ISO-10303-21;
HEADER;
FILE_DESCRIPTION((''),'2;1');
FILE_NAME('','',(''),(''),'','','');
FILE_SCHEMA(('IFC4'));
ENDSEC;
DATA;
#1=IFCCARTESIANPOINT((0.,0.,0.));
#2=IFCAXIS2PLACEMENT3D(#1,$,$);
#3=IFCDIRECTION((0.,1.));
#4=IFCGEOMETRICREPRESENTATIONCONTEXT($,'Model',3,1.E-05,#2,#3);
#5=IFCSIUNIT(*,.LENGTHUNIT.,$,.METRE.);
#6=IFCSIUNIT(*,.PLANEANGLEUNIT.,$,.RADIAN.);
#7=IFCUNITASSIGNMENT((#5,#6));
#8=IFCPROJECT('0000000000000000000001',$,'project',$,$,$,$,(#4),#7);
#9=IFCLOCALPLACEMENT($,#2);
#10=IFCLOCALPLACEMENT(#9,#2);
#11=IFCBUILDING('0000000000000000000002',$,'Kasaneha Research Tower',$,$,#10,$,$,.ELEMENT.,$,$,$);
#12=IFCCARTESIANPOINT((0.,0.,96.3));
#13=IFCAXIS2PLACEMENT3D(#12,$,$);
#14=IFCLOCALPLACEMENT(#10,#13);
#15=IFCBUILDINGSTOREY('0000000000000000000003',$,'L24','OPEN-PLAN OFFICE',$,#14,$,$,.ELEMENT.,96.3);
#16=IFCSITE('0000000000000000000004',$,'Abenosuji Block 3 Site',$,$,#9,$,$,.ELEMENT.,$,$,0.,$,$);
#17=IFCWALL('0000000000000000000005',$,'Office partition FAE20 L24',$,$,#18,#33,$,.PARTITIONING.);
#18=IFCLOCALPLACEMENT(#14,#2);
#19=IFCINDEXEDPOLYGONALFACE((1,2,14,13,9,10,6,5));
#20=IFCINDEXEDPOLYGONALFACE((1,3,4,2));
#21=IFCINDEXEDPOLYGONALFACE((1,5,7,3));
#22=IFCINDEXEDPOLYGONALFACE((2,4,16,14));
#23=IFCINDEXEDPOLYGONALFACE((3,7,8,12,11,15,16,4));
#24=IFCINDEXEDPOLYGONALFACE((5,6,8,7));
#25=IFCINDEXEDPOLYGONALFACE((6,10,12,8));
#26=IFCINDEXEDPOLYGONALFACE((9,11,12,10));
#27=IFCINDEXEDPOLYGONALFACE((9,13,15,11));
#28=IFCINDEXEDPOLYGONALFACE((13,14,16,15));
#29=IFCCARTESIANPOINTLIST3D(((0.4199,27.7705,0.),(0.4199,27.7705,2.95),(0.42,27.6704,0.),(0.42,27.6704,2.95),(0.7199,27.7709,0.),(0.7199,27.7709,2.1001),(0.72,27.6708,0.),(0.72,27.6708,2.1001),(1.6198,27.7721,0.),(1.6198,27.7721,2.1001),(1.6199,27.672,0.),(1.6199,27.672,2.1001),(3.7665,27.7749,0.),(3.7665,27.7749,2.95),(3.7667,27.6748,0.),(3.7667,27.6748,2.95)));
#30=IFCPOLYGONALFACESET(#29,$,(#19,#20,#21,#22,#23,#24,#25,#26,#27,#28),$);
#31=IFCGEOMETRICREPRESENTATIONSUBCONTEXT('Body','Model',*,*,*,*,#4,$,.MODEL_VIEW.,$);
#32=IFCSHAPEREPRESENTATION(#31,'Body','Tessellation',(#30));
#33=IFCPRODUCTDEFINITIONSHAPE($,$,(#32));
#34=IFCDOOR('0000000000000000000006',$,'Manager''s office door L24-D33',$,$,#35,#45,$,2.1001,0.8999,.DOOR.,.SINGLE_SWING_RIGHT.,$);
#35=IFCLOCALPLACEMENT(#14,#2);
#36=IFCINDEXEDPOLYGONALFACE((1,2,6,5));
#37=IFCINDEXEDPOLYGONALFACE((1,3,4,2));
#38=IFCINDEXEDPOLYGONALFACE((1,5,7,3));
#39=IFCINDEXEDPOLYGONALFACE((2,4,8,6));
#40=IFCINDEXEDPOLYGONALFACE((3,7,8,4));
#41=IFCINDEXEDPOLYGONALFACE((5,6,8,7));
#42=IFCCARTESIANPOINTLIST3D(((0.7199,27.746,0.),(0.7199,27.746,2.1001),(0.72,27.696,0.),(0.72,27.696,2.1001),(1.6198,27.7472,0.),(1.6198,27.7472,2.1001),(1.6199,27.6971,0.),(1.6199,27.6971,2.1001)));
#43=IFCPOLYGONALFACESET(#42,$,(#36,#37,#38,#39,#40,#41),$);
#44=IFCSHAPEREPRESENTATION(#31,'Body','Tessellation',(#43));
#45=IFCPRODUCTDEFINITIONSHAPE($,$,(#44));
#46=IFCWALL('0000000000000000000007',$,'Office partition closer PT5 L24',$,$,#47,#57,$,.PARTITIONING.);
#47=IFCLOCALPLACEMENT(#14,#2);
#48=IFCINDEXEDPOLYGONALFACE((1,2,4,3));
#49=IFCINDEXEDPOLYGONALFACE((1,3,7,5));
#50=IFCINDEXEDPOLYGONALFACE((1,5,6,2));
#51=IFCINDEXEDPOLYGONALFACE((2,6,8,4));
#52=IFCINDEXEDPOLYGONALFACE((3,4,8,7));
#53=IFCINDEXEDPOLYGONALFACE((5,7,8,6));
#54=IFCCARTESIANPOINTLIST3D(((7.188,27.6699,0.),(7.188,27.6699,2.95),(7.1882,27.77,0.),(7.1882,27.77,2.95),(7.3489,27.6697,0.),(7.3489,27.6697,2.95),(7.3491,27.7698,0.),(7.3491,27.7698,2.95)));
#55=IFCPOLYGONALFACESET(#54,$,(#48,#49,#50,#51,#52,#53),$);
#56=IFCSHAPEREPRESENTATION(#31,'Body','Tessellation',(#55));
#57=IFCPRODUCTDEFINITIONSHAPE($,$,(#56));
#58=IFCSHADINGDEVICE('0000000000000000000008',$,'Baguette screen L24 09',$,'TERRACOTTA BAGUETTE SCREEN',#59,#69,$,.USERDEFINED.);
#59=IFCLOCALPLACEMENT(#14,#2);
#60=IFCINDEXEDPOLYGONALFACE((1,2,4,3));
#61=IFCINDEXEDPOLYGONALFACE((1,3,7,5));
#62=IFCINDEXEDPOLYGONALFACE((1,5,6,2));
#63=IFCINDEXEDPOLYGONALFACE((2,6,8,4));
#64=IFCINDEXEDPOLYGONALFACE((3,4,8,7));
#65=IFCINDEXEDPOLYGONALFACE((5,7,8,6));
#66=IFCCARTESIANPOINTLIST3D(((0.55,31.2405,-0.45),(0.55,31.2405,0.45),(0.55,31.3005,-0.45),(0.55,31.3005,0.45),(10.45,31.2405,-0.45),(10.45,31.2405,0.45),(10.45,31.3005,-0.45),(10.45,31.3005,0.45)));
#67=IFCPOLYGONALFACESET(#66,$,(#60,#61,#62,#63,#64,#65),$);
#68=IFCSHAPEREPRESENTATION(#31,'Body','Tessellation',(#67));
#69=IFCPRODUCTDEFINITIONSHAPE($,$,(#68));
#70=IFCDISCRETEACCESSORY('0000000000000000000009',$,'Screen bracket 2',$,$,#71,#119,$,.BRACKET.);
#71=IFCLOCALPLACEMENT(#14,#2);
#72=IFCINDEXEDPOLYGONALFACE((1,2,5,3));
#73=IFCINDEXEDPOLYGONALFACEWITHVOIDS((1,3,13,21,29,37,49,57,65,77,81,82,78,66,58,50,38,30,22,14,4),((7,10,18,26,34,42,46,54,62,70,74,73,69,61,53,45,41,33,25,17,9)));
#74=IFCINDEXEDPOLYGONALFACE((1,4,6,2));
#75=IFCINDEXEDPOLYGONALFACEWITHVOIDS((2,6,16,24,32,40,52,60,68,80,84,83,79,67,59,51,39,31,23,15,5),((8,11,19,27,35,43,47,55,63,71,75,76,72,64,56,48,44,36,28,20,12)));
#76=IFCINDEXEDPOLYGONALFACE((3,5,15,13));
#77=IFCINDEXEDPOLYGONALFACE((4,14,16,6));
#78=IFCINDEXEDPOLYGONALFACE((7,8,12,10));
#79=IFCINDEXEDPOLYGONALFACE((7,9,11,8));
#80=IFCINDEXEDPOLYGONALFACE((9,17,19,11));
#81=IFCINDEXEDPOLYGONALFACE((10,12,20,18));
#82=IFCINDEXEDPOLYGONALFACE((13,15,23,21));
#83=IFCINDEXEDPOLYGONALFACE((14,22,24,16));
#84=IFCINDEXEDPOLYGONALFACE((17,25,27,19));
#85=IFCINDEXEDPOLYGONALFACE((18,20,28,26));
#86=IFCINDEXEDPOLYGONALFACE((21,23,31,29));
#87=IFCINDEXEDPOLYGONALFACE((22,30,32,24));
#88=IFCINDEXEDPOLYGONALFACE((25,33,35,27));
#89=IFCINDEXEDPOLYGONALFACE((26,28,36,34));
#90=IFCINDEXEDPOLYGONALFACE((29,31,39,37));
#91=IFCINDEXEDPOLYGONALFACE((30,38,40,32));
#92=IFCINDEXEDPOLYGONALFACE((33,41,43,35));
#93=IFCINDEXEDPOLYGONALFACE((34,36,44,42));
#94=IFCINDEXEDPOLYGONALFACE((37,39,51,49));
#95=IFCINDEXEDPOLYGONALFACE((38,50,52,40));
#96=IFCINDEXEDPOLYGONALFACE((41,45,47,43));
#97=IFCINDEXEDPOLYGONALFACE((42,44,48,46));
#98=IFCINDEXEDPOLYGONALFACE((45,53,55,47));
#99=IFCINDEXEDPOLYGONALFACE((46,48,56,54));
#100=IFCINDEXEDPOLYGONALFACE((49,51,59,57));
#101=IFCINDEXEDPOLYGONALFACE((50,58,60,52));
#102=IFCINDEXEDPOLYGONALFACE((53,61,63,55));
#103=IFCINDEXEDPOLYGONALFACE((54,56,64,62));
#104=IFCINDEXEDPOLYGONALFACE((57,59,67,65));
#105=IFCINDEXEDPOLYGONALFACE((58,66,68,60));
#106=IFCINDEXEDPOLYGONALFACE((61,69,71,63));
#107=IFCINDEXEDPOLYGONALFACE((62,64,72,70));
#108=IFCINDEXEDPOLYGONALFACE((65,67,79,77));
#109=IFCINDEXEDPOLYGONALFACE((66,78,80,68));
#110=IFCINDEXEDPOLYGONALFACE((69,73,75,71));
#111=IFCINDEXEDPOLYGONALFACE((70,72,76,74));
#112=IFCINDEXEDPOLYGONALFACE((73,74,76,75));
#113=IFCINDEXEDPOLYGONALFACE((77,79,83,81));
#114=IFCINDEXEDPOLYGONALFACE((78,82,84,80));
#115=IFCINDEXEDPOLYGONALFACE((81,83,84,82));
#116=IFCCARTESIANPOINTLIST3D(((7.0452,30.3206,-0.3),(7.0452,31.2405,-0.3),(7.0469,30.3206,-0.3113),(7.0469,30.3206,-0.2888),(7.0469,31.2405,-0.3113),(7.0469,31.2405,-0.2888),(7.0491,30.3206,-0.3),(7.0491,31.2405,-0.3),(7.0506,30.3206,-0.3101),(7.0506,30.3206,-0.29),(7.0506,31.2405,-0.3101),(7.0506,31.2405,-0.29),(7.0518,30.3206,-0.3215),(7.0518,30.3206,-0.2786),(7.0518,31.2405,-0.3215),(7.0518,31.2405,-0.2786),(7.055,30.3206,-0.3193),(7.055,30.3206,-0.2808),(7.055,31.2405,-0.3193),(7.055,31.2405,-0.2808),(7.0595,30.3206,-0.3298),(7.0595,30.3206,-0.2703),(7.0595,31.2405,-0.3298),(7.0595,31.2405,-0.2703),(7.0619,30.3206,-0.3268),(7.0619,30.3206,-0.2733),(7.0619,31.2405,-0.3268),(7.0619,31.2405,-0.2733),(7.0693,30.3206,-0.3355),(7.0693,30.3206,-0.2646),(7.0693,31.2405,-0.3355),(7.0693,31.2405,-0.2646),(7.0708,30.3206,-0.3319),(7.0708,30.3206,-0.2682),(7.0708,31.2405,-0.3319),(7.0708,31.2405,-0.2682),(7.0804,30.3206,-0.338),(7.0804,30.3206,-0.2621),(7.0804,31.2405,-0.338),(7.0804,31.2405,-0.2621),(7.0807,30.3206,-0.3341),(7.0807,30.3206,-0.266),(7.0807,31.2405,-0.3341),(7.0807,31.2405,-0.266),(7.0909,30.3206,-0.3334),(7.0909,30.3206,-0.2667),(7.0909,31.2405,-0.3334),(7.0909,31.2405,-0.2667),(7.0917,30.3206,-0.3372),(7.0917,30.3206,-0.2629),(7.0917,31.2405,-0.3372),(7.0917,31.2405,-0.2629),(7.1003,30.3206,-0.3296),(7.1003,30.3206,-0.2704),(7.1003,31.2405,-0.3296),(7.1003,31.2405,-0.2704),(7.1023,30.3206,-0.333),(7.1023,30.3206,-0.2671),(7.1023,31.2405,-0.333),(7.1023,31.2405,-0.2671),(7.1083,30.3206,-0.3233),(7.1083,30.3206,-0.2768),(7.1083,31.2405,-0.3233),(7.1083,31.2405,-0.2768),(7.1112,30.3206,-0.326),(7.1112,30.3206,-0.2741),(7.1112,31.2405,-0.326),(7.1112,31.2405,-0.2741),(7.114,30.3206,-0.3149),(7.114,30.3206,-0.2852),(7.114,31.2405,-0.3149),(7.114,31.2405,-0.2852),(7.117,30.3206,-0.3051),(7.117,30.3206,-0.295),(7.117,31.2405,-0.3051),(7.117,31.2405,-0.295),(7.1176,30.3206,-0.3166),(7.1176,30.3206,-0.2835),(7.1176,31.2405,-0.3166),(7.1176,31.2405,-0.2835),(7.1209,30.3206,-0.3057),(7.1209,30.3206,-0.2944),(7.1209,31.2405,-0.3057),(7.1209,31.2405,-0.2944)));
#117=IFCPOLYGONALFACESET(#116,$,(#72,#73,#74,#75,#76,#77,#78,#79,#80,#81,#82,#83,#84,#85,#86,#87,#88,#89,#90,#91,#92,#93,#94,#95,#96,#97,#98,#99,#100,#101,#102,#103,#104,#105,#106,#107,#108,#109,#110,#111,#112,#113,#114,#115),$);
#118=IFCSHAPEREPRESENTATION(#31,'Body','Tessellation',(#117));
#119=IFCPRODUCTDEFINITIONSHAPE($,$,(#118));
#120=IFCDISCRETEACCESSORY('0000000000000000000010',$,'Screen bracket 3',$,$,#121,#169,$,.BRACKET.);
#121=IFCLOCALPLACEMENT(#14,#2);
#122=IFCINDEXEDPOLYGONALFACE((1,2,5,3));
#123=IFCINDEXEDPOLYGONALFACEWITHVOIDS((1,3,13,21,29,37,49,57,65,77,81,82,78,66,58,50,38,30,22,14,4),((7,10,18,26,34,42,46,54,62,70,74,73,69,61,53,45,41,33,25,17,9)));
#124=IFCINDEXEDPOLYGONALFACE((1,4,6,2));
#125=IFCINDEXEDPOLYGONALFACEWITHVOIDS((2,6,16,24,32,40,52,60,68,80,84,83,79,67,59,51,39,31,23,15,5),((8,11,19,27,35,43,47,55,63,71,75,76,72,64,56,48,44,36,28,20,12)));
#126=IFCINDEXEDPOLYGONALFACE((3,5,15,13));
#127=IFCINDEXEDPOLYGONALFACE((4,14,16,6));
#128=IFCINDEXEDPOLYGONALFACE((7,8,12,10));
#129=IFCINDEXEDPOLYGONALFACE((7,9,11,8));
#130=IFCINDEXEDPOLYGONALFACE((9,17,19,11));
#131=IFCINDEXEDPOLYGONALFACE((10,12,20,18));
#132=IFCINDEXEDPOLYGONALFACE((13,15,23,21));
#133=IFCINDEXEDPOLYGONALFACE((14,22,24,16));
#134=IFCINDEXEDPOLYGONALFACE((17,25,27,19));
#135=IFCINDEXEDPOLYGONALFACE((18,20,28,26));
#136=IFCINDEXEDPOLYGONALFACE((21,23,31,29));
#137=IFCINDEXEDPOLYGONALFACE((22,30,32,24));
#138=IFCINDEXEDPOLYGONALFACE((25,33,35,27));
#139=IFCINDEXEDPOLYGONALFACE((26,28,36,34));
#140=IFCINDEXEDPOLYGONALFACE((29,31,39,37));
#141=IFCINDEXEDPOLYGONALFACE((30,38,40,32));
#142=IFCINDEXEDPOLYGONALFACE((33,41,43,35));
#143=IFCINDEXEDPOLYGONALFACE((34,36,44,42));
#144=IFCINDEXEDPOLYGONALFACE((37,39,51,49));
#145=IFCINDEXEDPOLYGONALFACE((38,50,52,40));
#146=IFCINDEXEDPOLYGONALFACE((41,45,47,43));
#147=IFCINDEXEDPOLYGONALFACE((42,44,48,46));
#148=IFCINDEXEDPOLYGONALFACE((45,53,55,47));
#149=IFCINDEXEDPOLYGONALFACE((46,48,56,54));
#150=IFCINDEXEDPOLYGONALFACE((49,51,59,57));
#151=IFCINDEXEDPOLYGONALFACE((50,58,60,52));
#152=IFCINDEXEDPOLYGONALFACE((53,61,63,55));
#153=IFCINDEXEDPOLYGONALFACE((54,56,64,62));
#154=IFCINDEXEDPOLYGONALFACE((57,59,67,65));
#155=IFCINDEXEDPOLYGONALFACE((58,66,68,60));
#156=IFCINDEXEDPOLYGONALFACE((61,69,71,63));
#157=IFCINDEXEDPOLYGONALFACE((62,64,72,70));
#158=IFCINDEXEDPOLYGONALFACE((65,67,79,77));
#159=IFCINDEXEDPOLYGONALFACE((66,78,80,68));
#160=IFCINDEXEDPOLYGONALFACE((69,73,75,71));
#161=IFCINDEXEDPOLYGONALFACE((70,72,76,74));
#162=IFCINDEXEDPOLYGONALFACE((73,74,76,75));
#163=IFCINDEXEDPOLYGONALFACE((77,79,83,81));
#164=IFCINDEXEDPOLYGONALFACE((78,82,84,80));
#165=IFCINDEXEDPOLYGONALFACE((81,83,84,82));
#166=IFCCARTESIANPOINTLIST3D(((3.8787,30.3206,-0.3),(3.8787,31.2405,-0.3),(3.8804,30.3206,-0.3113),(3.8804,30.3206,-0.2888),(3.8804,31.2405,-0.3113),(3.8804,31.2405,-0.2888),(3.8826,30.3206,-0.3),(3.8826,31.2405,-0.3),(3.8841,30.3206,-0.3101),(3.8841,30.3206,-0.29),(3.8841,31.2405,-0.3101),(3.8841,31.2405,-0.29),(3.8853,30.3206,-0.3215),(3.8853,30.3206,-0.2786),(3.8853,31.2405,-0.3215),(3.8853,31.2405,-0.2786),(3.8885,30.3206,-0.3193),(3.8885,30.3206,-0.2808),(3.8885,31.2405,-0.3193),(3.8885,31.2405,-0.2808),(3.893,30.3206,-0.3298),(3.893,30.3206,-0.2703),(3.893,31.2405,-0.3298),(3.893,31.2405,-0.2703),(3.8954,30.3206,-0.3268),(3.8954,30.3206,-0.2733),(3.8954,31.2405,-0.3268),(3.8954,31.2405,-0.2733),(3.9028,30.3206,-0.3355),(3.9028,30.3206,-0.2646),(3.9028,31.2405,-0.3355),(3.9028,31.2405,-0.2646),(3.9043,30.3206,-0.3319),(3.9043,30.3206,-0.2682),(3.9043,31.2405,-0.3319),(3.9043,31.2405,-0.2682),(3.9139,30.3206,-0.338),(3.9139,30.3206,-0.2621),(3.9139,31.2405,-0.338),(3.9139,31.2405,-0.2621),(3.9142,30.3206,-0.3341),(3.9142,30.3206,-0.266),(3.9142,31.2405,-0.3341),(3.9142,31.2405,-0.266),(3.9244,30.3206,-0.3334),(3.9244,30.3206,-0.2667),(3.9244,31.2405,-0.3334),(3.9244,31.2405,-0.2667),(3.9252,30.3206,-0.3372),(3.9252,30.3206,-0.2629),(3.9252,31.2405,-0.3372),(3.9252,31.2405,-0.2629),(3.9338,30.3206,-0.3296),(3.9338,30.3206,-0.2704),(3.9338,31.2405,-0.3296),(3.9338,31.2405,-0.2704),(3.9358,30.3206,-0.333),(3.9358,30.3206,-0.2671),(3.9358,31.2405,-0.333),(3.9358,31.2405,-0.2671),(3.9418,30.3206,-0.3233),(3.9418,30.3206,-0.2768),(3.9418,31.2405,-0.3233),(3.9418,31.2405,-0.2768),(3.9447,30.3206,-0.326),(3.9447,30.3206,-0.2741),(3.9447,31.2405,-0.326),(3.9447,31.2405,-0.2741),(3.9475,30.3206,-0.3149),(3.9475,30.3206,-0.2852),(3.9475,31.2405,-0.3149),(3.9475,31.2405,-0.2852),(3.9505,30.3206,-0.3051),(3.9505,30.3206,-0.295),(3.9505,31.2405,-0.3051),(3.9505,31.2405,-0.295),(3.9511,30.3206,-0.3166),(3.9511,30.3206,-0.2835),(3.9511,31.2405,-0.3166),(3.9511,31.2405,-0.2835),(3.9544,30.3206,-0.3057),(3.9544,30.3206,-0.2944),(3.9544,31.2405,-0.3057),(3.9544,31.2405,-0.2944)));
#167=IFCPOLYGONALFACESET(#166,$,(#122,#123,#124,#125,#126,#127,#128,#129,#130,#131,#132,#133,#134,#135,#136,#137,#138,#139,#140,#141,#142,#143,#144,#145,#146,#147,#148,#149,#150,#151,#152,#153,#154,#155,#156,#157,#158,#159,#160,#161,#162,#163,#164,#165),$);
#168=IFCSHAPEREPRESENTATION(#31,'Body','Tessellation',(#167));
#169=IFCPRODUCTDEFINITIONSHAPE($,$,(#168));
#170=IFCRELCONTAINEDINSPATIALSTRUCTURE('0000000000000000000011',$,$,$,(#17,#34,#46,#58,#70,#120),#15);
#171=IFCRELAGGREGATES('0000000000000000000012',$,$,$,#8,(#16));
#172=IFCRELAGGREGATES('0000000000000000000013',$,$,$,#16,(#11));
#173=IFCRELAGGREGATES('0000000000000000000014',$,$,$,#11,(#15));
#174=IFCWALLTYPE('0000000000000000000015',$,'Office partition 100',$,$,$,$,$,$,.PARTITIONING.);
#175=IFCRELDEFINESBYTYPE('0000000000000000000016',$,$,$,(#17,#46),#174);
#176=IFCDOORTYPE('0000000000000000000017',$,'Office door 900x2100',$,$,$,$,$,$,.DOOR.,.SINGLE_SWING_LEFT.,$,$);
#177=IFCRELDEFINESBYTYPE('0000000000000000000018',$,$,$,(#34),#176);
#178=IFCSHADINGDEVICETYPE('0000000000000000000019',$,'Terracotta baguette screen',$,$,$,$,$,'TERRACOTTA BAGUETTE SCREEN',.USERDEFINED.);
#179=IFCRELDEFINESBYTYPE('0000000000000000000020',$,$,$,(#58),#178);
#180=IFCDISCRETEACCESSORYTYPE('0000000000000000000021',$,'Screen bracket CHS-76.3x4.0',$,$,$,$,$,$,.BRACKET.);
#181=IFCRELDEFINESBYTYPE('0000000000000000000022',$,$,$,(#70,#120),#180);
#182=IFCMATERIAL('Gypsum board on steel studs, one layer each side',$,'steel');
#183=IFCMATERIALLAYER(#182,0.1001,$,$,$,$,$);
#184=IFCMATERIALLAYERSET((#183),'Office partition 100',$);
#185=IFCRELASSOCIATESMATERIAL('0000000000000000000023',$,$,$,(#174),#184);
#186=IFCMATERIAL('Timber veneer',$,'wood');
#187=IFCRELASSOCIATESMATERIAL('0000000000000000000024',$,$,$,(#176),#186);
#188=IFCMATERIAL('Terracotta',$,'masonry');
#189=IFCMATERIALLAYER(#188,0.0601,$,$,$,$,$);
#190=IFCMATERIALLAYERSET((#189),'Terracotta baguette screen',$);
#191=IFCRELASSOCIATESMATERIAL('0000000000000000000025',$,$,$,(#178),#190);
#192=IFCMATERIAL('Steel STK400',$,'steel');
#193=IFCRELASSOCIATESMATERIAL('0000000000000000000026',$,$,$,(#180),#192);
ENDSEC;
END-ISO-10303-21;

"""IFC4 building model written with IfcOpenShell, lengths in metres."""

from ifc_helpers import new_model, si_unit, direction, frame, frame_2d, origin, origin_2d, place, context, subcontext, project, spatial, rectangle, hollow_circle, extrude, material, layer, layer_set, material_profile, profile_set, type_object, element, fill, save


model = new_model("IFC4")

# Units and contexts
model_context = context("Model", 3, precision=1e-05, world=origin(), true_north=direction((0.0, 1.0)))
body_context = subcontext(model_context, "Body", "Model", "MODEL_VIEW")
ifc_project = project(units=[si_unit("LENGTHUNIT", "METRE"), si_unit("PLANEANGLEUNIT", "RADIAN")], contexts=[model_context])

# Site, building, storey
site_placement = place(None, origin())
site = spatial("IfcSite", under=ifc_project, at=site_placement, Name="Abenosuji Block 3 Site", CompositionType="ELEMENT", RefElevation=0.0)
building_placement = place(site_placement, origin())
building = spatial("IfcBuilding", under=site, at=building_placement, Name="Kasaneha Research Tower", CompositionType="ELEMENT")
storey_placement = place(building_placement, frame((0.0, 0.0, 96.3)))
storey = spatial("IfcBuildingStorey", under=building, at=storey_placement, Name="L24", Description="OPEN-PLAN OFFICE", CompositionType="ELEMENT", Elevation=96.3)

# Shared definitions
ifc_material_1 = material(Name="Gypsum board on steel studs, one layer each side", Category="steel")
ifc_layer_1 = layer(ifc_material_1, 0.1001)
ifc_layer_set_1 = layer_set([ifc_layer_1], Name="Office partition 100")
wall_type = type_object("IfcWallType", Name="Office partition 100", PredefinedType="PARTITIONING", material=ifc_layer_set_1)

# Wall, opening, door
ifc_material_2 = material(Name="Timber veneer", Category="wood")
door_type = type_object("IfcDoorType", Name="Office door 900x2100", OperationType="SINGLE_SWING_LEFT", PredefinedType="DOOR", material=ifc_material_2)
wall_1_placement = place(storey_placement, frame((3.7666, 27.7249, 0.0), z_axis=(0.0, 0.0, 1.0), x_axis=(-0.999999, -0.001313, 0.0)))
wall_1 = element("IfcWall", 1, at=wall_1_placement, inside=storey, type_object=wall_type, Name="Office partition FAE20 L24", PredefinedType="PARTITIONING", context=body_context, shape_type="SweptSolid", body=[
    extrude(rectangle(XDim=3.3467, YDim=0.1001, at=frame_2d((1.6733, 0.0))), origin(), (0.0, 0.0, 1.0), 2.95),
])
opening_1_placement = place(wall_1_placement, frame((2.1467, 0.0, 0.0)))
opening_1 = element("IfcOpeningElement", 2, at=opening_1_placement, cuts=wall_1, PredefinedType="OPENING", context=body_context, shape_type="SweptSolid", body=[
    extrude(rectangle(XDim=0.8999, YDim=2.1001, at=frame_2d((0.45, 1.05))), frame((0.0, 0.0601, 0.0), z_axis=(0.0, -1.0, 0.0), x_axis=(1.0, 0.0, 0.0)), (0.0, 0.0, 1.0), 0.1201),
])
door_1_placement = place(opening_1_placement, origin())
door_1 = element("IfcDoor", 3, at=door_1_placement, inside=storey, type_object=door_type, Name="Manager's office door L24-D33", OperationType="SINGLE_SWING_RIGHT", OverallHeight=2.1001, OverallWidth=0.8999, PredefinedType="DOOR", context=body_context, shape_type="SweptSolid", body=[
    extrude(rectangle(XDim=0.8999, YDim=2.1001, at=frame_2d((0.45, 1.05))), frame((0.0, 0.0249, 0.0), z_axis=(0.0, -1.0, 0.0), x_axis=(1.0, 0.0, 0.0)), (0.0, 0.0, 1.0), 0.05),
])
fill(opening_1, door_1)

# Wall
wall_2_placement = place(storey_placement, frame((7.3491, 27.7197, 0.0), z_axis=(0.0, 0.0, 1.0), x_axis=(-0.999999, 0.001517, 0.0)))
element("IfcWall", 4, at=wall_2_placement, inside=storey, type_object=wall_type, Name="Office partition closer PT5 L24", PredefinedType="PARTITIONING", context=body_context, shape_type="SweptSolid", body=[
    extrude(rectangle(XDim=0.1609, YDim=0.1001, at=frame_2d((0.0806, 0.0))), origin(), (0.0, 0.0, 1.0), 2.95),
])

# Shading device
ifc_material_3 = material(Name="Terracotta", Category="masonry")
ifc_layer_2 = layer(ifc_material_3, 0.0601)
ifc_layer_set_2 = layer_set([ifc_layer_2], Name="Terracotta baguette screen")
shading_device_type = type_object("IfcShadingDeviceType", Name="Terracotta baguette screen", ElementType="TERRACOTTA BAGUETTE SCREEN", PredefinedType="USERDEFINED", material=ifc_layer_set_2)
shading_device_placement = place(storey_placement, frame((5.5, 31.2705, -0.45), z_axis=(0.0, 0.0, 1.0), x_axis=(-1.0, 0.0, 0.0)))
element("IfcShadingDevice", 5, at=shading_device_placement, inside=storey, type_object=shading_device_type, Name="Baguette screen L24 09", ObjectType="TERRACOTTA BAGUETTE SCREEN", PredefinedType="USERDEFINED", context=body_context, shape_type="SweptSolid", body=[
    extrude(rectangle(XDim=9.8999, YDim=0.0601, at=origin_2d()), origin(), (0.0, 0.0, 1.0), 0.8999),
])

# Discrete accessories
ifc_material_4 = material(Name="Steel STK400", Category="steel")
ifc_material_profile_1 = material_profile(ifc_material_4, hollow_circle(Radius=0.0381, WallThickness=0.0039, at=origin_2d()), Name="CHS-76.3x4.0")
ifc_profile_set_1 = profile_set([ifc_material_profile_1], Name="Steel STK400")
discrete_accessory_type = type_object("IfcDiscreteAccessoryType", Name="Screen bracket CHS-76.3x4.0", PredefinedType="BRACKET", material=ifc_profile_set_1)
for number, where, z_axis, x_axis, name in (
    (6, (7.0833, 30.3206, -0.3), (0.0, 1.0, 0.0), (-1.0, 0.0, 0.0), "Screen bracket 2"),
    (7, (3.9167, 30.3206, -0.3), (0.0, 1.0, 0.0), (-1.0, 0.0, 0.0), "Screen bracket 3"),
):
    element("IfcDiscreteAccessory", number, at=place(storey_placement, frame(where, z_axis=z_axis, x_axis=x_axis)), inside=storey, type_object=discrete_accessory_type, Name=name, PredefinedType="BRACKET", context=body_context, shape_type="SweptSolid", body=[
        extrude(hollow_circle(Radius=0.0381, WallThickness=0.0039, at=origin_2d()), origin(), (0.0, 0.0, 1.0), 0.9199),
    ])

save(model, "model.ifc")
